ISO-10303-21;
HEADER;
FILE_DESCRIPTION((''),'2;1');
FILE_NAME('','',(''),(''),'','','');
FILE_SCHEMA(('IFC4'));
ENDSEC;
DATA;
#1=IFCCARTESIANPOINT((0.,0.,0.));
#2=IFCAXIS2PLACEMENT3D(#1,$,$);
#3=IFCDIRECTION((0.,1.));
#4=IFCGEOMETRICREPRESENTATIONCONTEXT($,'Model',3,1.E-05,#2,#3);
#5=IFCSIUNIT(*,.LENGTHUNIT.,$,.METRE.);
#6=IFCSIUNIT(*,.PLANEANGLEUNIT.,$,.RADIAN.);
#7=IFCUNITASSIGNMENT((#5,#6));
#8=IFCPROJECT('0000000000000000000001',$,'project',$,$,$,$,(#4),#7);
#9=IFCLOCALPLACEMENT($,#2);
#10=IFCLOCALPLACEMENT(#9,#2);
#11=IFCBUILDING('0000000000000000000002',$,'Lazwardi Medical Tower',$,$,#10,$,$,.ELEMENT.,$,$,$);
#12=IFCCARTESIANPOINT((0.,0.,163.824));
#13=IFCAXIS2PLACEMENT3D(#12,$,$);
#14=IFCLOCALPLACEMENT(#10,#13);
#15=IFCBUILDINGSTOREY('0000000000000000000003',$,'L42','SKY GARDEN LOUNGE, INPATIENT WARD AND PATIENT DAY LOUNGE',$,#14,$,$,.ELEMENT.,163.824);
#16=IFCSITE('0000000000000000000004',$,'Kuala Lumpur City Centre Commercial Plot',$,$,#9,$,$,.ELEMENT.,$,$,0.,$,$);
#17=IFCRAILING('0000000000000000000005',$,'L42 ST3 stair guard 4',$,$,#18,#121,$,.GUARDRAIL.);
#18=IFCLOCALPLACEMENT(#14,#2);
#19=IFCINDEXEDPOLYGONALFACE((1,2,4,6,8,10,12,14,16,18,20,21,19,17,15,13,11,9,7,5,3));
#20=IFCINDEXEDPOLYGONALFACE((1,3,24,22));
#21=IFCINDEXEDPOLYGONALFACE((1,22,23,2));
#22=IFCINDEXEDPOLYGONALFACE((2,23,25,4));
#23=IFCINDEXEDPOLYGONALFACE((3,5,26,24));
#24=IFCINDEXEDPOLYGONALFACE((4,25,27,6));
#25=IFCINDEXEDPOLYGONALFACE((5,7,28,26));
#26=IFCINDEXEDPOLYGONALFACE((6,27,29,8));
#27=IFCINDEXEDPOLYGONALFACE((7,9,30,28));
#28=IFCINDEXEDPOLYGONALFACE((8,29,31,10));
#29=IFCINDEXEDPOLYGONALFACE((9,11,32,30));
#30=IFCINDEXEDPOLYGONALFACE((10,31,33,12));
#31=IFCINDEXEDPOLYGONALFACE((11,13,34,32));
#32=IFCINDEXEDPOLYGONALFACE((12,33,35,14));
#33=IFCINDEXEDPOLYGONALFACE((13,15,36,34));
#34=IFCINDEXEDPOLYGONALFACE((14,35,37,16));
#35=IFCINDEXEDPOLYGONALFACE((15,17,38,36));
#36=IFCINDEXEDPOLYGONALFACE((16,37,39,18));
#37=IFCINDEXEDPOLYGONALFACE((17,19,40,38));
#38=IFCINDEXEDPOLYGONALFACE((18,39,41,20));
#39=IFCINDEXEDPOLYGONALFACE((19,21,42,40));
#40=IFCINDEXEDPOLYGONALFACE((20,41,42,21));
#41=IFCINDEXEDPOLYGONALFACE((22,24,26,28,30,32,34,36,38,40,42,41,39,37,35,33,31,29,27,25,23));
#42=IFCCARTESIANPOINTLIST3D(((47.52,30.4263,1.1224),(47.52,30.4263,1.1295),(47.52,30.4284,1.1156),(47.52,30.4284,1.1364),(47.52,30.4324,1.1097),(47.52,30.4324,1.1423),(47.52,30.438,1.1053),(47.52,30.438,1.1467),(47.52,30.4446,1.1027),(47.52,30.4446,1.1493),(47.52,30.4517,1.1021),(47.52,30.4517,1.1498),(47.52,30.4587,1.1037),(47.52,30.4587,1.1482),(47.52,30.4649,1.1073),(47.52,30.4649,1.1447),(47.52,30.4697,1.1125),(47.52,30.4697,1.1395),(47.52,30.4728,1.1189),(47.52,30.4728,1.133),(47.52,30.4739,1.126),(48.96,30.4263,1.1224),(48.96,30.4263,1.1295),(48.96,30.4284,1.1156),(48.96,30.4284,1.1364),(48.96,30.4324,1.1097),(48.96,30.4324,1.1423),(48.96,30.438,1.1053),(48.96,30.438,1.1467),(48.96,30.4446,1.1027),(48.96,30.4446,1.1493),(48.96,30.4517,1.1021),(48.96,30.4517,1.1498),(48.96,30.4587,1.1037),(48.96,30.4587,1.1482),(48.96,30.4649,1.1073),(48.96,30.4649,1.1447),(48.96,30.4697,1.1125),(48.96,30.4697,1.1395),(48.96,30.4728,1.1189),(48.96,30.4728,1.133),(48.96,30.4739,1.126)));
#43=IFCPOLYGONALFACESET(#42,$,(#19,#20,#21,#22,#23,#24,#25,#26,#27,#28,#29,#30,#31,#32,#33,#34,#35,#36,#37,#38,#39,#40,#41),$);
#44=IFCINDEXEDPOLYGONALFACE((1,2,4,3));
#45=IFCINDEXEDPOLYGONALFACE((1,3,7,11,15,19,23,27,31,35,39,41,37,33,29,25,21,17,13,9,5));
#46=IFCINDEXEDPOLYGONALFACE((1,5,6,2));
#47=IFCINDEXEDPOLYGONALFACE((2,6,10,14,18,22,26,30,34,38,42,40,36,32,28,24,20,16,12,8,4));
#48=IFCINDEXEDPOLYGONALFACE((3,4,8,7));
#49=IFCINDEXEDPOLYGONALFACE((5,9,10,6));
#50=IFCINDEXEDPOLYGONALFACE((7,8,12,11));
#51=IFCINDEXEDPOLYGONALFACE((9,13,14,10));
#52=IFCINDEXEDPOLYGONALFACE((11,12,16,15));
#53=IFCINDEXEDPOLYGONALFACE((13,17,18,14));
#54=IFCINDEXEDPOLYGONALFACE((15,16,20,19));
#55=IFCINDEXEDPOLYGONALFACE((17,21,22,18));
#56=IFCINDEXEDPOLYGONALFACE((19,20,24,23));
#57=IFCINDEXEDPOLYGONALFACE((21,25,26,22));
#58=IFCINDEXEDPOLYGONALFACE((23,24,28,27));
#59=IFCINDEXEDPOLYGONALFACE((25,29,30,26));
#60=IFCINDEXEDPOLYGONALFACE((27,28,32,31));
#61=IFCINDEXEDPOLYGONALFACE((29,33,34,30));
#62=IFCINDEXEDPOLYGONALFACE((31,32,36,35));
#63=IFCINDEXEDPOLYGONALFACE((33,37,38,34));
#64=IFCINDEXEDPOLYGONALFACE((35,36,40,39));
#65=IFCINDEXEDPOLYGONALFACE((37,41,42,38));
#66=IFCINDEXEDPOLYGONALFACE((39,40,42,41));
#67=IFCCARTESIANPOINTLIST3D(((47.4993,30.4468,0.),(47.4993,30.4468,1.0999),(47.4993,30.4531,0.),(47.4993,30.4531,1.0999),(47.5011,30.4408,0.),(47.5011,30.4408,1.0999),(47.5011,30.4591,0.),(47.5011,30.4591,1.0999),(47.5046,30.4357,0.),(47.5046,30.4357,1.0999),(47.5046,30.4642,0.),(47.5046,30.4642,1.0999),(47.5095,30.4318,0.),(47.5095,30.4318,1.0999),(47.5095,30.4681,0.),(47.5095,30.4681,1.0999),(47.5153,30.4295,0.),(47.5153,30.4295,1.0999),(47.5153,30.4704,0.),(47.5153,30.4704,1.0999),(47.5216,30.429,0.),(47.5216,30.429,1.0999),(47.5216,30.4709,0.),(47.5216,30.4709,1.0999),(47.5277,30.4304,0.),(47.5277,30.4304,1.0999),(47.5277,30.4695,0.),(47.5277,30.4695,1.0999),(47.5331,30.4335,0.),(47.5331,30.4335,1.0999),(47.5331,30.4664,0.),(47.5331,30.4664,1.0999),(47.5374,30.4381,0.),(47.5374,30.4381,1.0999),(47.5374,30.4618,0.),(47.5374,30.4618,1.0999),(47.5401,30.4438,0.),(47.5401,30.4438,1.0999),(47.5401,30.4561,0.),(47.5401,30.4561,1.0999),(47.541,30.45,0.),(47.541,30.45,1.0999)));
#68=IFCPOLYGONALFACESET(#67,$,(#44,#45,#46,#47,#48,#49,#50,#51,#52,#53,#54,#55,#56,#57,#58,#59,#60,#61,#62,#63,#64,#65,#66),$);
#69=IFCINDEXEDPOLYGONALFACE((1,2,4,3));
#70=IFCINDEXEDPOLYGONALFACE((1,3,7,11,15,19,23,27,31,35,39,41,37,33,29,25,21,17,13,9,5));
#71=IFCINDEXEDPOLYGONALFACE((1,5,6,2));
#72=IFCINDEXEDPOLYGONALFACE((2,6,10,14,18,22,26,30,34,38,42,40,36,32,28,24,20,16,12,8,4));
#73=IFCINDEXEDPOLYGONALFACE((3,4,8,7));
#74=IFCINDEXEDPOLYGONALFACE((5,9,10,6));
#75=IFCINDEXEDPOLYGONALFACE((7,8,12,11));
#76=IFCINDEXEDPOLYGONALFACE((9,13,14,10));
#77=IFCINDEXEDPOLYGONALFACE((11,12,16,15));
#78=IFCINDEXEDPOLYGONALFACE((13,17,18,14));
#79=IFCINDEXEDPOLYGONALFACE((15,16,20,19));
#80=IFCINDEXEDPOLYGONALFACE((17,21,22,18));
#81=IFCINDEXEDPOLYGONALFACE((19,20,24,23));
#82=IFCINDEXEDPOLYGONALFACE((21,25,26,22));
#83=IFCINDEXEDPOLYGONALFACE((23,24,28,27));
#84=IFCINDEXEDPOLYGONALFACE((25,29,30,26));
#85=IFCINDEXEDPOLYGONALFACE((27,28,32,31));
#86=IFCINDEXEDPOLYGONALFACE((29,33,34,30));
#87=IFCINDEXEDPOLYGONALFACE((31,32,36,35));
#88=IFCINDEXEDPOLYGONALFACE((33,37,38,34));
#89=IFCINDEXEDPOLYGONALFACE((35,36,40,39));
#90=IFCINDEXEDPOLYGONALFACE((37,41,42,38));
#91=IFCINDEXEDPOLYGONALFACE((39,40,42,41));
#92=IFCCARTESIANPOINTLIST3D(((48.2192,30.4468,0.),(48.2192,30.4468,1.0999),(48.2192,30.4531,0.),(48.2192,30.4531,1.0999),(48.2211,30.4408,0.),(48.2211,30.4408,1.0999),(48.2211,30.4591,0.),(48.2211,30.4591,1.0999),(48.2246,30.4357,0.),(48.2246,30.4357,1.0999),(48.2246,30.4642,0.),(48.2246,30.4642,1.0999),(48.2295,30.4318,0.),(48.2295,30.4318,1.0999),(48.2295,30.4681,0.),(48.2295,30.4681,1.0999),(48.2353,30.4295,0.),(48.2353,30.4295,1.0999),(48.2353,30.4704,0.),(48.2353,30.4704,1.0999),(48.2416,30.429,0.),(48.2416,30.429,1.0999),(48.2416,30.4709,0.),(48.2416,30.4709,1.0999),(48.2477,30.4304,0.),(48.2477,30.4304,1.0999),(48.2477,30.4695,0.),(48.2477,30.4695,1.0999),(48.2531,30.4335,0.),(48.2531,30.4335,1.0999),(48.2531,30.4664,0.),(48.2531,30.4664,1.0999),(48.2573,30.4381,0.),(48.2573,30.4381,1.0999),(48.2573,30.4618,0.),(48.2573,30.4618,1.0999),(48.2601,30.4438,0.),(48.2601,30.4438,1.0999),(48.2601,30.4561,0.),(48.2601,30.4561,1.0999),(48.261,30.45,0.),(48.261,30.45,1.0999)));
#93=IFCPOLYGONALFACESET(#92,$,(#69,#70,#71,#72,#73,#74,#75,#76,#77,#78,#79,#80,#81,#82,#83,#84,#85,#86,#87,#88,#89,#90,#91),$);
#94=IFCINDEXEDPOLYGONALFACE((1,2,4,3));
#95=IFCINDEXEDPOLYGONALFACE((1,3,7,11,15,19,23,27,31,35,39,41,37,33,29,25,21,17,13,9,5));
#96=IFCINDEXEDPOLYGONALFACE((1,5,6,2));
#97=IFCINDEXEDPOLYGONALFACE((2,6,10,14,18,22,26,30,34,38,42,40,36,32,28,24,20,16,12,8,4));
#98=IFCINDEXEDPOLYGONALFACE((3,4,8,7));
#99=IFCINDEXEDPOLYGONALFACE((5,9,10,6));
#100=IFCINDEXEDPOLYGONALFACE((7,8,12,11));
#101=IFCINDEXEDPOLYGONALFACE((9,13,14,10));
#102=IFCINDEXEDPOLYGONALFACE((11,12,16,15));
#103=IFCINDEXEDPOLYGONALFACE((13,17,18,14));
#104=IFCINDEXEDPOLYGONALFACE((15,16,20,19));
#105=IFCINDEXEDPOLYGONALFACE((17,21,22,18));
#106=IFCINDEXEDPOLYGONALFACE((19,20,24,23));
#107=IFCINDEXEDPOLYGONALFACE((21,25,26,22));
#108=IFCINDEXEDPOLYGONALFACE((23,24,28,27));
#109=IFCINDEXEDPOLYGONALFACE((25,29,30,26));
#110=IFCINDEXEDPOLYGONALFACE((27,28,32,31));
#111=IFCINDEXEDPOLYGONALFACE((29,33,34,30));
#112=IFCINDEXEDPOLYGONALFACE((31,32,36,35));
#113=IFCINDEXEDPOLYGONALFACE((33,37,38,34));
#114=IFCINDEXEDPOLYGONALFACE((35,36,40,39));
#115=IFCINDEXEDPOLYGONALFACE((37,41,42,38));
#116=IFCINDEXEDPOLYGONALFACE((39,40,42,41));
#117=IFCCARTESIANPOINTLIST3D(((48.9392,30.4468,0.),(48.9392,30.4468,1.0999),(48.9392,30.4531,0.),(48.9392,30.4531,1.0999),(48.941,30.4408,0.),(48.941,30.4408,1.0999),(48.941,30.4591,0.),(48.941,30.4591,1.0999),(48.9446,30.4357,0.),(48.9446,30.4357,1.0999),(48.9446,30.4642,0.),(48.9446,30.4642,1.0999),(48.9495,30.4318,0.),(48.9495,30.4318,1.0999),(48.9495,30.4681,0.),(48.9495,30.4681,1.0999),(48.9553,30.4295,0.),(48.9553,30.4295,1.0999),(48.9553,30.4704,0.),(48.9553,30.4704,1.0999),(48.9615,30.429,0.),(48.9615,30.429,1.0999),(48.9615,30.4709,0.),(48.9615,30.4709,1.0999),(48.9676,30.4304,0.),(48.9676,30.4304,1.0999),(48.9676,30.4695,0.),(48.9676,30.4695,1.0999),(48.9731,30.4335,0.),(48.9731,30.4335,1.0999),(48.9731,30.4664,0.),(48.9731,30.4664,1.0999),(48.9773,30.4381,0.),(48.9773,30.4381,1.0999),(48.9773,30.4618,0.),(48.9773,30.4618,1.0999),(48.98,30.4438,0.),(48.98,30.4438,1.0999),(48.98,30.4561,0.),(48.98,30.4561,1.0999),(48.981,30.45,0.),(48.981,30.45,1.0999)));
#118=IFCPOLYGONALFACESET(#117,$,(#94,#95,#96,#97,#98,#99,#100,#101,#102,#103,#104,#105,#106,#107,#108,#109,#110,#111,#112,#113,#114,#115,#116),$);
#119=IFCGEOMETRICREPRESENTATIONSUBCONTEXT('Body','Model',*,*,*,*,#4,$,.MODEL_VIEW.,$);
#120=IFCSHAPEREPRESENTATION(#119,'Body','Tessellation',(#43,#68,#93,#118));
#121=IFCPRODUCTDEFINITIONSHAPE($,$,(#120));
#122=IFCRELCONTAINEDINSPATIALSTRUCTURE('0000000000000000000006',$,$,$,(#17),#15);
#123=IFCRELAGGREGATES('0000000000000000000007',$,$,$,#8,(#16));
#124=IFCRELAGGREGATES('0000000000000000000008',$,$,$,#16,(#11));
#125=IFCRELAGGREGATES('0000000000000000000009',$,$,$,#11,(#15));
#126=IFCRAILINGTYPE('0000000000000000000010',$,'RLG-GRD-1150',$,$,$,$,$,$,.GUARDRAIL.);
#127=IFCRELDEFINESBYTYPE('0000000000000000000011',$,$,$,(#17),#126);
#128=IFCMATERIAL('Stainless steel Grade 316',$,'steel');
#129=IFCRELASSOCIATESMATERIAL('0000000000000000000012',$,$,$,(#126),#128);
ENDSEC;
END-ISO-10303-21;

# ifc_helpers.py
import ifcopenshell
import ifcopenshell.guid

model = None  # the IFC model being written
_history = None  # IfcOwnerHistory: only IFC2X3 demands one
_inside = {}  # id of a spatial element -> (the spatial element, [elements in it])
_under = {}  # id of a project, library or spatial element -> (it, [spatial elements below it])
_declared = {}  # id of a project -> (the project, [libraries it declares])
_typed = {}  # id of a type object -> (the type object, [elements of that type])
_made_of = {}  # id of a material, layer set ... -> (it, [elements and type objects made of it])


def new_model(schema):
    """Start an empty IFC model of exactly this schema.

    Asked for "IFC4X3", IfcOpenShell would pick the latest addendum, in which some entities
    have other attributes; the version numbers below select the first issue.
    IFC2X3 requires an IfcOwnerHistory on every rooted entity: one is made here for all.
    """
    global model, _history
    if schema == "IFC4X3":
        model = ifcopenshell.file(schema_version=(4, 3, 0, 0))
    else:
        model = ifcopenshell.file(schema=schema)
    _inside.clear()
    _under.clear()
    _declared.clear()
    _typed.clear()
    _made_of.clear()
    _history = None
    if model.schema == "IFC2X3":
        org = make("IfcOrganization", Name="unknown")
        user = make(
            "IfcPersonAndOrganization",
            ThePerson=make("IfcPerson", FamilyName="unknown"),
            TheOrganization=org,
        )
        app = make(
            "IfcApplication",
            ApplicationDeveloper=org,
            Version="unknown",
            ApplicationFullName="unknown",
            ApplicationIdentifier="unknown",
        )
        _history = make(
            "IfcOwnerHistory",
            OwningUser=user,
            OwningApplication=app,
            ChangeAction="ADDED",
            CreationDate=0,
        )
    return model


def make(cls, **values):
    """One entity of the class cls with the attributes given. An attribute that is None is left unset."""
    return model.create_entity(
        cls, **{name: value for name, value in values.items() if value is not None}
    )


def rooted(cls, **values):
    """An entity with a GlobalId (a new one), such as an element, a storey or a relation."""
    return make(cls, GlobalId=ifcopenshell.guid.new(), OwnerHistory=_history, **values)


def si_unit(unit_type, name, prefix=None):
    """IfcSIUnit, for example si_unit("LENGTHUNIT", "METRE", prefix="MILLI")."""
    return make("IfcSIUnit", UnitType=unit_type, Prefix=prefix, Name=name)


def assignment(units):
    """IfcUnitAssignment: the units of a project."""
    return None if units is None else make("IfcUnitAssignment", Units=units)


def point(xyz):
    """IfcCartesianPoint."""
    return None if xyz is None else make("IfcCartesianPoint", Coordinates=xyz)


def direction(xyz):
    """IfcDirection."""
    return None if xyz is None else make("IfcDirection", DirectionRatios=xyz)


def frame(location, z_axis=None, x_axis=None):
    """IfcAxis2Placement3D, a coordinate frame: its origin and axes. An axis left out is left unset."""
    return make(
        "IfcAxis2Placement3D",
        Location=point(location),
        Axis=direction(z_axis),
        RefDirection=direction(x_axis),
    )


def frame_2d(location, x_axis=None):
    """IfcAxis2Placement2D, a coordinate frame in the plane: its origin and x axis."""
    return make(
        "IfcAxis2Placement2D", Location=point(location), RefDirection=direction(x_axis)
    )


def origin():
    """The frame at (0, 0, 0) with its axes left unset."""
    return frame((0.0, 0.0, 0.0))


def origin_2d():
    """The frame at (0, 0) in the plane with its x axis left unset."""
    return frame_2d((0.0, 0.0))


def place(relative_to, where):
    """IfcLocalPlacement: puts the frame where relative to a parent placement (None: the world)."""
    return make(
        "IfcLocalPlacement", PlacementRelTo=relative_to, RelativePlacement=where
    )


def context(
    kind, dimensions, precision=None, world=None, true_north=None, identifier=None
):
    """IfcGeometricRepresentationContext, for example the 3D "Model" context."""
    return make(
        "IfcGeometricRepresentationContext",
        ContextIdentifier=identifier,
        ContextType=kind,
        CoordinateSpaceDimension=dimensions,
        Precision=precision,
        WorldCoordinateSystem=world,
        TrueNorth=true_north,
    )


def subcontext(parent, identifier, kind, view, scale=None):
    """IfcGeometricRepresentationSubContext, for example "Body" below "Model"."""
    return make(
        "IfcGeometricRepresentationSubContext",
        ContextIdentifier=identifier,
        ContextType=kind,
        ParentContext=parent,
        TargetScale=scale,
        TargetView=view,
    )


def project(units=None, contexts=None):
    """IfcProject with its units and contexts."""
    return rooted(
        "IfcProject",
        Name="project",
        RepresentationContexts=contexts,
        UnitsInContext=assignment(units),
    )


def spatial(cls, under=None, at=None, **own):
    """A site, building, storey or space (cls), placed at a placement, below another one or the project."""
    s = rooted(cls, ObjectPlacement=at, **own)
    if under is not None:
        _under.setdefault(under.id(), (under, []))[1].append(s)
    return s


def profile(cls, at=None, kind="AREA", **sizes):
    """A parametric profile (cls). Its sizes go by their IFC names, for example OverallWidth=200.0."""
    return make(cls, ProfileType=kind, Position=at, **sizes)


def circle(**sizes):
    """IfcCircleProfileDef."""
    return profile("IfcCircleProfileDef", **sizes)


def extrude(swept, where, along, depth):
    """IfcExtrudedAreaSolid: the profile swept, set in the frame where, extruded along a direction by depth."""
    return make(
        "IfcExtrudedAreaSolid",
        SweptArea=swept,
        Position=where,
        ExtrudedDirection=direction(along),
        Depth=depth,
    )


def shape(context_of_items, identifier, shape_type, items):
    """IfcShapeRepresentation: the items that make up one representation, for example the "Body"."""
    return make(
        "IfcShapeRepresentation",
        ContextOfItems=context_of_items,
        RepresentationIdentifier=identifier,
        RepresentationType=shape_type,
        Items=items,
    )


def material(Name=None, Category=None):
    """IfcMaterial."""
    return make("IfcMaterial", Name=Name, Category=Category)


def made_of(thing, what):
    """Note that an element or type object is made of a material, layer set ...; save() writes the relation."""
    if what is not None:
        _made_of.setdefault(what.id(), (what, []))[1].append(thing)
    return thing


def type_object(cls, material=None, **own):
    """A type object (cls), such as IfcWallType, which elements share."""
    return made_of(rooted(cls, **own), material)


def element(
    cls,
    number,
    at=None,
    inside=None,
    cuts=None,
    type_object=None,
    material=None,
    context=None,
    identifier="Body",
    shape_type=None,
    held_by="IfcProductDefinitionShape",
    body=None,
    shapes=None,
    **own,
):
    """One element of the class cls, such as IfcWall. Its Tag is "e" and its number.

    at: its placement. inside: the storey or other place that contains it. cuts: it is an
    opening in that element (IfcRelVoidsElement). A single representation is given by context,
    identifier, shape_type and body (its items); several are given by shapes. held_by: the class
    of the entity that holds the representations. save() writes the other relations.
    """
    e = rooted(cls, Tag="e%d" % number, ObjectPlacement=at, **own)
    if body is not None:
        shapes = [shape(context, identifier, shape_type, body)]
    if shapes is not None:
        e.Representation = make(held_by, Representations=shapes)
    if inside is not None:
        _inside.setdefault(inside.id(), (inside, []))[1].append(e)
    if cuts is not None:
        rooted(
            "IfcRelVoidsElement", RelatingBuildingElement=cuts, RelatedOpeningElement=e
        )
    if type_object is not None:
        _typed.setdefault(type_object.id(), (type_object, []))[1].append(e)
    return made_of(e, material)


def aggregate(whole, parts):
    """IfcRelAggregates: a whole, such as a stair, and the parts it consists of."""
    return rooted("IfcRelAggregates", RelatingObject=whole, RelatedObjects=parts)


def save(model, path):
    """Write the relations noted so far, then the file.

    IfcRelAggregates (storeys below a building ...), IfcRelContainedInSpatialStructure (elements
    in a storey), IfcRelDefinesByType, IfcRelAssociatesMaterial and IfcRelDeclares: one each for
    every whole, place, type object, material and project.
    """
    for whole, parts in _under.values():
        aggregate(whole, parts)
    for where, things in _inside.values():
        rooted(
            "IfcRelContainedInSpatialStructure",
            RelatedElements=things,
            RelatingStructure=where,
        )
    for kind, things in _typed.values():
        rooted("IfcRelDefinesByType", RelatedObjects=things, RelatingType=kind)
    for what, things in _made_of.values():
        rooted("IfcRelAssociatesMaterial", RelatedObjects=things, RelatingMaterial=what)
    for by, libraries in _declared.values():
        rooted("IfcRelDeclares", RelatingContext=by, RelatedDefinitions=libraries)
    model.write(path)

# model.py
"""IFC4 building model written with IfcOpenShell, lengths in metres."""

from ifc_helpers import new_model, si_unit, direction, frame, origin, origin_2d, place, context, subcontext, project, spatial, circle, extrude, material, type_object, element, save


model = new_model("IFC4")

# Units and contexts
model_context = context("Model", 3, precision=1e-05, world=origin(), true_north=direction((0.0, 1.0)))
body_context = subcontext(model_context, "Body", "Model", "MODEL_VIEW")
ifc_project = project(units=[si_unit("LENGTHUNIT", "METRE"), si_unit("PLANEANGLEUNIT", "RADIAN")], contexts=[model_context])

# Site, building, storey
site_placement = place(None, origin())
site = spatial("IfcSite", under=ifc_project, at=site_placement, Name="Kuala Lumpur City Centre Commercial Plot", CompositionType="ELEMENT", RefElevation=0.0)
building_placement = place(site_placement, origin())
building = spatial("IfcBuilding", under=site, at=building_placement, Name="Lazwardi Medical Tower", CompositionType="ELEMENT")
storey_placement = place(building_placement, frame((0.0, 0.0, 163.824)))
storey = spatial("IfcBuildingStorey", under=building, at=storey_placement, Name="L42", Description="SKY GARDEN LOUNGE, INPATIENT WARD AND PATIENT DAY LOUNGE", CompositionType="ELEMENT", Elevation=163.824)

# Railing
ifc_material_1 = material(Name="Stainless steel Grade 316", Category="steel")
railing_type_1 = type_object("IfcRailingType", Name="RLG-GRD-1150", PredefinedType="GUARDRAIL", material=ifc_material_1)
railing_1_placement = place(storey_placement, frame((47.52, 30.45, 0.0)))
element("IfcRailing", 1, at=railing_1_placement, inside=storey, type_object=railing_type_1, Name="L42 ST3 stair guard 4", PredefinedType="GUARDRAIL", context=body_context, shape_type="SweptSolid", body=[
    extrude(circle(Radius=0.0239, at=origin_2d()), frame((0.0, 0.0, 1.126), z_axis=(1.0, 0.0, 0.0), x_axis=(0.0, 1.0, 0.0)), (0.0, 0.0, 1.0), 1.4399),
    extrude(circle(Radius=0.021, at=origin_2d()), origin(), (0.0, 0.0, 1.0), 1.0999),
    extrude(circle(Radius=0.021, at=origin_2d()), frame((0.72, 0.0, 0.0)), (0.0, 0.0, 1.0), 1.0999),
    extrude(circle(Radius=0.021, at=origin_2d()), frame((1.4399, 0.0, 0.0)), (0.0, 0.0, 1.0), 1.0999),
])

save(model, "model.ifc")
